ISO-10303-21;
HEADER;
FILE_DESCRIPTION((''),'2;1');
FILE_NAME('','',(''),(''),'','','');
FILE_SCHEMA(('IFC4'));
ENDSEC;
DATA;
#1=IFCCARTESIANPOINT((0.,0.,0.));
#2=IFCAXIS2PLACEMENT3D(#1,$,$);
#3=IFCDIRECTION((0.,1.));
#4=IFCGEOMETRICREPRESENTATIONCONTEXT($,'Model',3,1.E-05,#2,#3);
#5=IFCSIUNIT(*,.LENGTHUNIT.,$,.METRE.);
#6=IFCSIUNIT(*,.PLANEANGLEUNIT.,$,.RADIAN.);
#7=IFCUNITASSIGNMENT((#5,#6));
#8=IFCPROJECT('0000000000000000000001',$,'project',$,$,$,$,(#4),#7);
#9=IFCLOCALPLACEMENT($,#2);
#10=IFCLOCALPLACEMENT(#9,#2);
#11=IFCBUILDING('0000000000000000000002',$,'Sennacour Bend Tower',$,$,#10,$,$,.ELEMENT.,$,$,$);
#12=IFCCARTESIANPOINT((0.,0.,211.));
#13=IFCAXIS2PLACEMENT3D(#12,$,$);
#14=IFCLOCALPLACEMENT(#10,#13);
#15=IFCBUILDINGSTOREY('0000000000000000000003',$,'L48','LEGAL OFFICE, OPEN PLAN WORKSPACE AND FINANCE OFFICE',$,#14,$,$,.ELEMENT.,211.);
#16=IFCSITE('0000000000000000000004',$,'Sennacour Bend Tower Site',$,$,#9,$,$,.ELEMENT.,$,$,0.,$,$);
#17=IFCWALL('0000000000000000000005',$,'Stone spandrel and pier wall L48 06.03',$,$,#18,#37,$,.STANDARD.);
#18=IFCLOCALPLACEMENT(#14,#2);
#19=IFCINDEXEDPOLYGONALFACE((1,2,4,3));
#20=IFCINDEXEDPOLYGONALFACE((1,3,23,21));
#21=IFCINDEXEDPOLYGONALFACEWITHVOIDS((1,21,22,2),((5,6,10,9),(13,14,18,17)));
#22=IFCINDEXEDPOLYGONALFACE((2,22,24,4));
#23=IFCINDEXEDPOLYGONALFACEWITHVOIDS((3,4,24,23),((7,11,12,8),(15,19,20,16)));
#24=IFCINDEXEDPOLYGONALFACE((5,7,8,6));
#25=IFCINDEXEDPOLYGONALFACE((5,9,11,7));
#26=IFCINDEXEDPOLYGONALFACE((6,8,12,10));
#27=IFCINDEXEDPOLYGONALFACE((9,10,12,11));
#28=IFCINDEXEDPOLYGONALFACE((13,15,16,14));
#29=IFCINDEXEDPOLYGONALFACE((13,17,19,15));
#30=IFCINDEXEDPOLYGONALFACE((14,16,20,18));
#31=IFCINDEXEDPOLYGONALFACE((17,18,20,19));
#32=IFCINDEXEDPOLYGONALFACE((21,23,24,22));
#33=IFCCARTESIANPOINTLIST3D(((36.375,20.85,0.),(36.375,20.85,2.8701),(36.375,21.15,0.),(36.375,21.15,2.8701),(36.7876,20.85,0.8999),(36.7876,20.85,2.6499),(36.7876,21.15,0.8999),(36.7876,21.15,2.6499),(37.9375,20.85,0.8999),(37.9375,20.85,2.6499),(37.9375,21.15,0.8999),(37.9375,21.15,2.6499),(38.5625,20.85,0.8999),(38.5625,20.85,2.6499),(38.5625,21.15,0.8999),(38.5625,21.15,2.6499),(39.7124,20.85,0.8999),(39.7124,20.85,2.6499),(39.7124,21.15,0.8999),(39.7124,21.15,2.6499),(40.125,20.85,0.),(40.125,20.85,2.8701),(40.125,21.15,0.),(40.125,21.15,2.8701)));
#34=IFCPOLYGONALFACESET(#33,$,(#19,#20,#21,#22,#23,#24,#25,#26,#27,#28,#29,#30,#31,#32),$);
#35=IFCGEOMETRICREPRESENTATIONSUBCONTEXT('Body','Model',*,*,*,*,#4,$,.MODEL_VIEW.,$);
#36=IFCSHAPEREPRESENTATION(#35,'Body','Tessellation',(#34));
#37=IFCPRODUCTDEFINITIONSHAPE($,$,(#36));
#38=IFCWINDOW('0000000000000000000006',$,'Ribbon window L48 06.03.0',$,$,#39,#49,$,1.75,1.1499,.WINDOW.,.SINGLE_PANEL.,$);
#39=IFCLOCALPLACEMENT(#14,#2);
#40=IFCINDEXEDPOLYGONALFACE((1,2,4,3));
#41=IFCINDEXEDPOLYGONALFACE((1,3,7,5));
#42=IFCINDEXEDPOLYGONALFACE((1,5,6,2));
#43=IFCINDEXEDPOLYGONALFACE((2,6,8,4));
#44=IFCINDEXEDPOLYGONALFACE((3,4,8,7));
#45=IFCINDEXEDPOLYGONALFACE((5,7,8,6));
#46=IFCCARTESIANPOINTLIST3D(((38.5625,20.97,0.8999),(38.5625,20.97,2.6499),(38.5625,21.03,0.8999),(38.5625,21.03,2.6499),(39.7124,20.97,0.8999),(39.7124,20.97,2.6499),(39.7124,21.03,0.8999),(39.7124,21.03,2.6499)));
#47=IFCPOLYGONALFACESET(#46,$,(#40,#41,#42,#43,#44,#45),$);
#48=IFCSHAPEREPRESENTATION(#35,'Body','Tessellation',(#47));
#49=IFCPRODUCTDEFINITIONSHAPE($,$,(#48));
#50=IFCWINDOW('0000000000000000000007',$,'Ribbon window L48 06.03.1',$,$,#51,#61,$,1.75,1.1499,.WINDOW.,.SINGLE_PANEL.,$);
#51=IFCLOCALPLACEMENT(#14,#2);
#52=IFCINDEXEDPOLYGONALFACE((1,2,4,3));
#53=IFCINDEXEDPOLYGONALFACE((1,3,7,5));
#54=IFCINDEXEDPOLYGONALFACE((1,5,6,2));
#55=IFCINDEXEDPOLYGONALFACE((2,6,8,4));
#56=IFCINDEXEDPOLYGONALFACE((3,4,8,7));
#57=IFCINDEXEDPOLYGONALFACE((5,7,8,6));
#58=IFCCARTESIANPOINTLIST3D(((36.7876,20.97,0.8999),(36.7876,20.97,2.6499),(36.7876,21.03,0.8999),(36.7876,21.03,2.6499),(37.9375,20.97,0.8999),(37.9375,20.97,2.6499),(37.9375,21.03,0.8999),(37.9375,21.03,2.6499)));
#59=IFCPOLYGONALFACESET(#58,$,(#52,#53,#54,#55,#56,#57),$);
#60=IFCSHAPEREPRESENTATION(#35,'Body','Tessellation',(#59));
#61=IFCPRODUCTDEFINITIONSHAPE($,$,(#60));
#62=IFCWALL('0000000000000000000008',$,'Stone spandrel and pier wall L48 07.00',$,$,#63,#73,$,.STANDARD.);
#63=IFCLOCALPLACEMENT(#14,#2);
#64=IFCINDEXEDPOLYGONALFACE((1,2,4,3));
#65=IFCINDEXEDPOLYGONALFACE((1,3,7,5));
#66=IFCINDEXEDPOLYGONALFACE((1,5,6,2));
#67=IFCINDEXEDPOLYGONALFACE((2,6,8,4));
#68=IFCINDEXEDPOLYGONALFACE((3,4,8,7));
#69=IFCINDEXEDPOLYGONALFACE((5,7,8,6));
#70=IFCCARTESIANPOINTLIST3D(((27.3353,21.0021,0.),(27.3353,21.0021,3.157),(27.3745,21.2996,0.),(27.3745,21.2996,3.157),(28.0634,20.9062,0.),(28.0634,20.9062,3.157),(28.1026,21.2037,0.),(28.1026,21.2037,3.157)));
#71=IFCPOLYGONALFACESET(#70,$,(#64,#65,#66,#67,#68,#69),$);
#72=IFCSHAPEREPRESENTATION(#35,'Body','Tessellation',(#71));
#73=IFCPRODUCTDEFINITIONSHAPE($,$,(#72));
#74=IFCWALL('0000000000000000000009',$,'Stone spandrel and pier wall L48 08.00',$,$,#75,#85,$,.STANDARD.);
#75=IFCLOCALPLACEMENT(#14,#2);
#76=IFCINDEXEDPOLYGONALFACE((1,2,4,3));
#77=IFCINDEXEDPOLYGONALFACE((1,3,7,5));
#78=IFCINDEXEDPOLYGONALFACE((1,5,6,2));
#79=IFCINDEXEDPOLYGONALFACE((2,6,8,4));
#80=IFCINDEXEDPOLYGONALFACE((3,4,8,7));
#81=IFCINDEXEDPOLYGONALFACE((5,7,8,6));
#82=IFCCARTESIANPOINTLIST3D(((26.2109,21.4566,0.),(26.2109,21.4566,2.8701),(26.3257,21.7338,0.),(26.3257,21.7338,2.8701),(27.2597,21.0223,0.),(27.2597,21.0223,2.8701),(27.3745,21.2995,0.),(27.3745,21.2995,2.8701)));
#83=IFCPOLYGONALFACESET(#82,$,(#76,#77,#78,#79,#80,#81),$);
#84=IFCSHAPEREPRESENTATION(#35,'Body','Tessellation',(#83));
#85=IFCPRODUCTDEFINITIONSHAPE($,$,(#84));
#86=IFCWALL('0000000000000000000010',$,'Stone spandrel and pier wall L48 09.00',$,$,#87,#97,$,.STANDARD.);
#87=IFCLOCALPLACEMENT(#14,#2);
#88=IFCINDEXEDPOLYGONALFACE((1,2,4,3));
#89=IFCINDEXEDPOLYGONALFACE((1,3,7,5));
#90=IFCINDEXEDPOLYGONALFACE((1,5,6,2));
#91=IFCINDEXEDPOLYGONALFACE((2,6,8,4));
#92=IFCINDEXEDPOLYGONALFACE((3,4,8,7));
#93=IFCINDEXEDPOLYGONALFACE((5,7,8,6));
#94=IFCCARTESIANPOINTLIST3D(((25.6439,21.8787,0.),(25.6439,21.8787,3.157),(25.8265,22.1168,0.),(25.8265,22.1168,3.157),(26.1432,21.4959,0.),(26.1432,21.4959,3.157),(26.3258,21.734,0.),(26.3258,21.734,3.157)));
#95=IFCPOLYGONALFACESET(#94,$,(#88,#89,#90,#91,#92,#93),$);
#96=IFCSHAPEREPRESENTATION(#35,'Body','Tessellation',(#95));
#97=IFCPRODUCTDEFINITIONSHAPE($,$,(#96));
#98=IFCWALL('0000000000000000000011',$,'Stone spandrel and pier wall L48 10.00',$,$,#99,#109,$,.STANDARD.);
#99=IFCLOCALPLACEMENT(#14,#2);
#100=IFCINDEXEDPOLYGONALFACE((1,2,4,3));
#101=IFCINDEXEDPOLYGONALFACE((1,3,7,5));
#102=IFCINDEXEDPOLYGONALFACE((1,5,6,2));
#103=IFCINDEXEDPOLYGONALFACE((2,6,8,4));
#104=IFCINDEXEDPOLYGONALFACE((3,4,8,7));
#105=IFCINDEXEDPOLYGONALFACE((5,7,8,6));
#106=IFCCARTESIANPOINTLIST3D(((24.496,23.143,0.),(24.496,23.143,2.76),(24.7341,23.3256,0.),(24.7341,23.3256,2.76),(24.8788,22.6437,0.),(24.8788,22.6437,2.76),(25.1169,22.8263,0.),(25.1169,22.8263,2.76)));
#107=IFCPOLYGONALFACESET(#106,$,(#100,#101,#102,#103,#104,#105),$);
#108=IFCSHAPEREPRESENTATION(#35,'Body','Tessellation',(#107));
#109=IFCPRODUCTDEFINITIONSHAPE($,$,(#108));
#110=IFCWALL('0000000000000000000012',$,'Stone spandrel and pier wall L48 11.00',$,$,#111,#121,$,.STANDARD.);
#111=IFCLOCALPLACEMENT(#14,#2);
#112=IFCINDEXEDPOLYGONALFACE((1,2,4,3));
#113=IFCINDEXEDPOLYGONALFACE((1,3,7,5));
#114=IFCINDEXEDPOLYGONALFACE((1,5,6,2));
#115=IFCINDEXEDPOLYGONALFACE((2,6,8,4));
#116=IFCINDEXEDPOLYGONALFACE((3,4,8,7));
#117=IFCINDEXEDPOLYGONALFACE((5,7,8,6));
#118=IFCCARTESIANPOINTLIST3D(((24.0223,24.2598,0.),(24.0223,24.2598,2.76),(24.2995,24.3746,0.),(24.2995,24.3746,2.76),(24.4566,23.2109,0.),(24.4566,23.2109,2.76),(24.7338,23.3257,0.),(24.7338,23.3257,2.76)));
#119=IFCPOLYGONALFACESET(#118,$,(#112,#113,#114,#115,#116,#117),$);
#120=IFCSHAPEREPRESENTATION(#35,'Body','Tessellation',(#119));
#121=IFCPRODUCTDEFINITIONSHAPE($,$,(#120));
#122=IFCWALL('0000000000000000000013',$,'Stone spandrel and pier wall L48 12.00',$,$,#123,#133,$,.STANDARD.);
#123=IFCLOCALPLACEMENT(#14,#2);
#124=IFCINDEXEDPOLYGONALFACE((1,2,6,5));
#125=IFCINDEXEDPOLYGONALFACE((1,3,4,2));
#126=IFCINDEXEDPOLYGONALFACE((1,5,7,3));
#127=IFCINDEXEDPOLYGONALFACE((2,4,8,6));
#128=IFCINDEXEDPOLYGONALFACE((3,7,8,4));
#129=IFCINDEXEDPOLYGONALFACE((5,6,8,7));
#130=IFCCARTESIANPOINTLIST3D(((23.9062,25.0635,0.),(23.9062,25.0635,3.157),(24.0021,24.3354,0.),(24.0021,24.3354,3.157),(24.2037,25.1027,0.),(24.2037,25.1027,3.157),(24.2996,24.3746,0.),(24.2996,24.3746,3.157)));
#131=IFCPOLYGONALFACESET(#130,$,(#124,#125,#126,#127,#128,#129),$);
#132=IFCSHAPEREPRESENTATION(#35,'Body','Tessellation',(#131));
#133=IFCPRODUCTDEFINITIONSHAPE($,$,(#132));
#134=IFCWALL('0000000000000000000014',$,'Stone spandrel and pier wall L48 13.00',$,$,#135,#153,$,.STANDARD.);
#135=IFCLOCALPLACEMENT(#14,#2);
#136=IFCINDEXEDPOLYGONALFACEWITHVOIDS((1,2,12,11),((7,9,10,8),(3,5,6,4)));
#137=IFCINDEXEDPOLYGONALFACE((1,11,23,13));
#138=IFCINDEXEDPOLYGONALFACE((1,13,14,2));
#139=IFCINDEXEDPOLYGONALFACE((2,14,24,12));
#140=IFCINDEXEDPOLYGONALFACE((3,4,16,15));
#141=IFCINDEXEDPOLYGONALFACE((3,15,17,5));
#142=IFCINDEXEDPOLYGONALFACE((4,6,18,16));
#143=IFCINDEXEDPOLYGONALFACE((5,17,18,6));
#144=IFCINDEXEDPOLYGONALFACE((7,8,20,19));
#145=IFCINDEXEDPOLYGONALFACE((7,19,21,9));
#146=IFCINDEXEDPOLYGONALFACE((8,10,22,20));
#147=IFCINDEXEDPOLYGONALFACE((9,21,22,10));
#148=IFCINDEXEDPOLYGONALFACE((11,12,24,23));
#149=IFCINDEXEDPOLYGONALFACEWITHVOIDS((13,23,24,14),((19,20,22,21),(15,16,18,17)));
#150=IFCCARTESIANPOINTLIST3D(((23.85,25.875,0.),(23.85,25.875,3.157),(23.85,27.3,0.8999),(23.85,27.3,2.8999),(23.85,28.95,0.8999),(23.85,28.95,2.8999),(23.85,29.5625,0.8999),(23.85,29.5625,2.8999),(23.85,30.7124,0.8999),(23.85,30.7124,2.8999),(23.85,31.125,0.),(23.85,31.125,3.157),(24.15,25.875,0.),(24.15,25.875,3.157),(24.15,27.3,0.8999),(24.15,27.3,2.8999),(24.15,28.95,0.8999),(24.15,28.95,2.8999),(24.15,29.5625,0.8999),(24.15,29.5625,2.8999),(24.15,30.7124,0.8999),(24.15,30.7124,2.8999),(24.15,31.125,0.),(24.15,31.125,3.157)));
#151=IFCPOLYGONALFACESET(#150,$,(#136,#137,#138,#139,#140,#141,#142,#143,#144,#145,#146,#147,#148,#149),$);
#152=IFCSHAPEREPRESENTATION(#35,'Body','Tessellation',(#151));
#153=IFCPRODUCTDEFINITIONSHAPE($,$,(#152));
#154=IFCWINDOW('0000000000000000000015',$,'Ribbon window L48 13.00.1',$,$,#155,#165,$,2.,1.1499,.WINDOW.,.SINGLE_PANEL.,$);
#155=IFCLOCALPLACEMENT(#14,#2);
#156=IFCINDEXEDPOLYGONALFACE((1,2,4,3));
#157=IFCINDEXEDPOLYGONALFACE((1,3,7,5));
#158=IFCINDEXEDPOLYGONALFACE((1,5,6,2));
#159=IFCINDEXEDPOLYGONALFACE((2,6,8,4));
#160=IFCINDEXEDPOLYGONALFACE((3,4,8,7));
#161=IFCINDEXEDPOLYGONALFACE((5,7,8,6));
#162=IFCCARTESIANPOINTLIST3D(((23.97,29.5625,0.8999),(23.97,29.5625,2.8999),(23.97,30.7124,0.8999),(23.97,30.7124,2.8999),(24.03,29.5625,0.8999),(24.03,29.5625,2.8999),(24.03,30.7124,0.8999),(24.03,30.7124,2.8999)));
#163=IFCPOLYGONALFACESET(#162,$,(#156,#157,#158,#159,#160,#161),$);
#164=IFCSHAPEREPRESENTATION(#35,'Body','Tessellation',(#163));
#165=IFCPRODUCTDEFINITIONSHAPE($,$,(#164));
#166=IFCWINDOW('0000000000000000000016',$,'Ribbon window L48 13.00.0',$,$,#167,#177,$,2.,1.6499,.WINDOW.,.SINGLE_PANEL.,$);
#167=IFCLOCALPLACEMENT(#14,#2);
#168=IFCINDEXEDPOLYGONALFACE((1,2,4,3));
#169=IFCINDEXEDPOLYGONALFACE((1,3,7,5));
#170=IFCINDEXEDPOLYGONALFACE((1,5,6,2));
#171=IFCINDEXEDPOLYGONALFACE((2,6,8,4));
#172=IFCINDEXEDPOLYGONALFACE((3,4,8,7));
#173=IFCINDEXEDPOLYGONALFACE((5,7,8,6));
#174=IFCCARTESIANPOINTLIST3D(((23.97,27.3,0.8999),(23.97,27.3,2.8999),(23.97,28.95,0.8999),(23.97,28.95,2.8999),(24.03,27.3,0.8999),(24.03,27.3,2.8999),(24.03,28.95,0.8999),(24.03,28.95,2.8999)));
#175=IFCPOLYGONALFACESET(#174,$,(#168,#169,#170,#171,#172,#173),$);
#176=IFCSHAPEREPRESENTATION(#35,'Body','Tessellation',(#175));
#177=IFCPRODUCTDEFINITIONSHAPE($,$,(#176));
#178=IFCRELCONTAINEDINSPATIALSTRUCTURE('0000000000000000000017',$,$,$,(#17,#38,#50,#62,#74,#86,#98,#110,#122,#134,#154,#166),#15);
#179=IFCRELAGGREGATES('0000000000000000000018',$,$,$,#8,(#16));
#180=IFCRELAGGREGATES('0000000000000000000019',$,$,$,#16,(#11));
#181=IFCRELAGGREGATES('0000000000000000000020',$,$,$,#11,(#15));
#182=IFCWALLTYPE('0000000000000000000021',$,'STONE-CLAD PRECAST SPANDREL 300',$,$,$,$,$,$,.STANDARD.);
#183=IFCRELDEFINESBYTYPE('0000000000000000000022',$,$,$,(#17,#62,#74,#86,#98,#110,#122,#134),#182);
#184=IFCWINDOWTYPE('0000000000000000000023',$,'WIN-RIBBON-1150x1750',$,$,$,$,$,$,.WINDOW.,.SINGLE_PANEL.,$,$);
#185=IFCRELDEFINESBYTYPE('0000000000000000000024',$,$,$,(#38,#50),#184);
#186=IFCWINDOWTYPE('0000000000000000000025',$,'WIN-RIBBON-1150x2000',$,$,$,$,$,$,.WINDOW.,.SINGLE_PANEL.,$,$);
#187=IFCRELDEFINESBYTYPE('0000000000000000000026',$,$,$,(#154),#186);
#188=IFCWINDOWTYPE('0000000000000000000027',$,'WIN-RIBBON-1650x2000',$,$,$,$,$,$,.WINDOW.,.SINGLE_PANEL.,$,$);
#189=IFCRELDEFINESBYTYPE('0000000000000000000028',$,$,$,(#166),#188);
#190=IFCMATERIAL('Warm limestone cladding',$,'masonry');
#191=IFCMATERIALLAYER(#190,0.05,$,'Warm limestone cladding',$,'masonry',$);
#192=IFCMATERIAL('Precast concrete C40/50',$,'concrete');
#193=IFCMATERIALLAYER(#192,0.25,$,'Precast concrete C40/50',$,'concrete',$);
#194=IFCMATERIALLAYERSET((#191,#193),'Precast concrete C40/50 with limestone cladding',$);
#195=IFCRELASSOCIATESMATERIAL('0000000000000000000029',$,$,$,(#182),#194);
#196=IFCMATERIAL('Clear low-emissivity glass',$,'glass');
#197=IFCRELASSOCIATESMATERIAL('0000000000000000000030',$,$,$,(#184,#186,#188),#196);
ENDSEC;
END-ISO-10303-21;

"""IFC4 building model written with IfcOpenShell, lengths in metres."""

from ifc_helpers import new_model, si_unit, direction, frame, frame_2d, origin, place, context, subcontext, project, spatial, rectangle, extrude, material, layer, layer_set, type_object, element, fill, save


model = new_model("IFC4")

# Units and contexts
model_context = context("Model", 3, precision=1e-05, world=origin(), true_north=direction((0.0, 1.0)))
body_context = subcontext(model_context, "Body", "Model", "MODEL_VIEW")
ifc_project = project(units=[si_unit("LENGTHUNIT", "METRE"), si_unit("PLANEANGLEUNIT", "RADIAN")], contexts=[model_context])

# Site, building, storey
site_placement = place(None, origin())
site = spatial("IfcSite", under=ifc_project, at=site_placement, Name="Sennacour Bend Tower Site", CompositionType="ELEMENT", RefElevation=0.0)
building_placement = place(site_placement, origin())
building = spatial("IfcBuilding", under=site, at=building_placement, Name="Sennacour Bend Tower", CompositionType="ELEMENT")
storey_placement = place(building_placement, frame((0.0, 0.0, 211.0)))
storey = spatial("IfcBuildingStorey", under=building, at=storey_placement, Name="L48", Description="LEGAL OFFICE, OPEN PLAN WORKSPACE AND FINANCE OFFICE", CompositionType="ELEMENT", Elevation=211.0)

# Wall, openings, windows
ifc_material_1 = material(Name="Warm limestone cladding", Category="masonry")
ifc_layer_1 = layer(ifc_material_1, 0.05, Name="Warm limestone cladding", Category="masonry")
ifc_material_2 = material(Name="Precast concrete C40/50", Category="concrete")
ifc_layer_2 = layer(ifc_material_2, 0.25, Name="Precast concrete C40/50", Category="concrete")
ifc_layer_set = layer_set([ifc_layer_1, ifc_layer_2], Name="Precast concrete C40/50 with limestone cladding")
wall_type = type_object("IfcWallType", Name="STONE-CLAD PRECAST SPANDREL 300", PredefinedType="STANDARD", material=ifc_layer_set)
wall_1_placement = place(storey_placement, frame((40.125, 21.0, 0.0), z_axis=(0.0, 0.0, 1.0), x_axis=(-1.0, 0.0, 0.0)))
wall_1 = element("IfcWall", 1, at=wall_1_placement, inside=storey, type_object=wall_type, Name="Stone spandrel and pier wall L48 06.03", PredefinedType="STANDARD", context=body_context, shape_type="SweptSolid", body=[
    extrude(rectangle(XDim=3.75, YDim=0.3, at=frame_2d((1.875, 0.0))), origin(), (0.0, 0.0, 1.0), 2.8701),
])
opening_1_placement = place(wall_1_placement, frame((0.4126, 0.0, 0.8999)))
opening_1 = element("IfcOpeningElement", 2, at=opening_1_placement, cuts=wall_1, PredefinedType="OPENING", context=body_context, shape_type="SweptSolid", body=[
    extrude(rectangle(XDim=1.1499, YDim=1.75, at=frame_2d((0.575, 0.875))), frame((0.0, 0.1602, 0.0), z_axis=(0.0, -1.0, 0.0), x_axis=(1.0, 0.0, 0.0)), (0.0, 0.0, 1.0), 0.3201),
])
opening_2_placement = place(wall_1_placement, frame((2.1875, 0.0, 0.8999)))
opening_2 = element("IfcOpeningElement", 3, at=opening_2_placement, cuts=wall_1, PredefinedType="OPENING", context=body_context, shape_type="SweptSolid", body=[
    extrude(rectangle(XDim=1.1499, YDim=1.75, at=frame_2d((0.575, 0.875))), frame((0.0, 0.1602, 0.0), z_axis=(0.0, -1.0, 0.0), x_axis=(1.0, 0.0, 0.0)), (0.0, 0.0, 1.0), 0.3201),
])
ifc_material_3 = material(Name="Clear low-emissivity glass", Category="glass")
window_type_1 = type_object("IfcWindowType", Name="WIN-RIBBON-1150x1750", PartitioningType="SINGLE_PANEL", PredefinedType="WINDOW", material=ifc_material_3)
window_1_placement = place(opening_1_placement, origin())
window_1 = element("IfcWindow", 4, at=window_1_placement, inside=storey, type_object=window_type_1, Name="Ribbon window L48 06.03.0", OverallHeight=1.75, OverallWidth=1.1499, PartitioningType="SINGLE_PANEL", PredefinedType="WINDOW", context=body_context, shape_type="SweptSolid", body=[
    extrude(rectangle(XDim=1.1499, YDim=1.75, at=frame_2d((0.575, 0.875))), frame((0.0, 0.03, 0.0), z_axis=(0.0, -1.0, 0.0), x_axis=(1.0, 0.0, 0.0)), (0.0, 0.0, 1.0), 0.0601),
])
fill(opening_1, window_1)
window_2_placement = place(opening_2_placement, origin())
window_2 = element("IfcWindow", 5, at=window_2_placement, inside=storey, type_object=window_type_1, Name="Ribbon window L48 06.03.1", OverallHeight=1.75, OverallWidth=1.1499, PartitioningType="SINGLE_PANEL", PredefinedType="WINDOW", context=body_context, shape_type="SweptSolid", body=[
    extrude(rectangle(XDim=1.1499, YDim=1.75, at=frame_2d((0.575, 0.875))), frame((0.0, 0.03, 0.0), z_axis=(0.0, -1.0, 0.0), x_axis=(1.0, 0.0, 0.0)), (0.0, 0.0, 1.0), 0.0601),
])
fill(opening_2, window_2)

# Walls
wall_2_placement = place(storey_placement, frame((28.083, 21.0549, 0.0), z_axis=(0.0, 0.0, 1.0), x_axis=(-0.991427, 0.130661, 0.0)))
element("IfcWall", 6, at=wall_2_placement, inside=storey, type_object=wall_type, Name="Stone spandrel and pier wall L48 07.00", PredefinedType="STANDARD", context=body_context, shape_type="SweptSolid", body=[
    extrude(rectangle(XDim=0.7344, YDim=0.3, at=frame_2d((0.3672, 0.0))), origin(), (0.0, 0.0, 1.0), 3.157),
])
wall_3_placement = place(storey_placement, frame((27.3171, 21.1609, 0.0), z_axis=(0.0, 0.0, 1.0), x_axis=(-0.923915, 0.382599, 0.0)))
element("IfcWall", 7, at=wall_3_placement, inside=storey, type_object=wall_type, Name="Stone spandrel and pier wall L48 08.00", PredefinedType="STANDARD", context=body_context, shape_type="SweptSolid", body=[
    extrude(rectangle(XDim=1.1353, YDim=0.3, at=frame_2d((0.5676, 0.0))), origin(), (0.0, 0.0, 1.0), 2.8701),
])
wall_4_placement = place(storey_placement, frame((26.2344, 21.615, 0.0), z_axis=(0.0, 0.0, 1.0), x_axis=(-0.793575, 0.608472, 0.0)))
element("IfcWall", 8, at=wall_4_placement, inside=storey, type_object=wall_type, Name="Stone spandrel and pier wall L48 09.00", PredefinedType="STANDARD", context=body_context, shape_type="SweptSolid", body=[
    extrude(rectangle(XDim=0.6292, YDim=0.3, at=frame_2d((0.3145, 0.0))), origin(), (0.0, 0.0, 1.0), 3.157),
])
wall_5_placement = place(storey_placement, frame((24.9978, 22.7351, 0.0), z_axis=(0.0, 0.0, 1.0), x_axis=(-0.608472, 0.793575, 0.0)))
element("IfcWall", 9, at=wall_5_placement, inside=storey, type_object=wall_type, Name="Stone spandrel and pier wall L48 10.00", PredefinedType="STANDARD", context=body_context, shape_type="SweptSolid", body=[
    extrude(rectangle(XDim=0.6292, YDim=0.3, at=frame_2d((0.3145, 0.0))), origin(), (0.0, 0.0, 1.0), 2.76),
])
wall_6_placement = place(storey_placement, frame((24.5952, 23.2683, 0.0), z_axis=(0.0, 0.0, 1.0), x_axis=(-0.382599, 0.923915, 0.0)))
element("IfcWall", 10, at=wall_6_placement, inside=storey, type_object=wall_type, Name="Stone spandrel and pier wall L48 11.00", PredefinedType="STANDARD", context=body_context, shape_type="SweptSolid", body=[
    extrude(rectangle(XDim=1.1353, YDim=0.3, at=frame_2d((0.5676, 0.0))), origin(), (0.0, 0.0, 1.0), 2.76),
])
wall_7_placement = place(storey_placement, frame((24.1509, 24.355, 0.0), z_axis=(0.0, 0.0, 1.0), x_axis=(-0.130661, 0.991427, 0.0)))
element("IfcWall", 11, at=wall_7_placement, inside=storey, type_object=wall_type, Name="Stone spandrel and pier wall L48 12.00", PredefinedType="STANDARD", context=body_context, shape_type="SweptSolid", body=[
    extrude(rectangle(XDim=0.7344, YDim=0.3, at=frame_2d((0.3672, 0.0))), origin(), (0.0, 0.0, 1.0), 3.157),
])

# Wall, openings, windows
wall_8_placement = place(storey_placement, frame((24.0, 25.875, 0.0), z_axis=(0.0, 0.0, 1.0), x_axis=(0.0, 1.0, 0.0)))
wall_8 = element("IfcWall", 12, at=wall_8_placement, inside=storey, type_object=wall_type, Name="Stone spandrel and pier wall L48 13.00", PredefinedType="STANDARD", context=body_context, shape_type="SweptSolid", body=[
    extrude(rectangle(XDim=5.25, YDim=0.3, at=frame_2d((2.625, 0.0))), origin(), (0.0, 0.0, 1.0), 3.157),
])
opening_3_placement = place(wall_8_placement, frame((1.425, 0.0, 0.8999)))
opening_3 = element("IfcOpeningElement", 13, at=opening_3_placement, cuts=wall_8, PredefinedType="OPENING", context=body_context, shape_type="SweptSolid", body=[
    extrude(rectangle(XDim=1.6499, YDim=2.0, at=frame_2d((0.825, 1.0))), frame((0.0, 0.1602, 0.0), z_axis=(0.0, -1.0, 0.0), x_axis=(1.0, 0.0, 0.0)), (0.0, 0.0, 1.0), 0.3201),
])
opening_4_placement = place(wall_8_placement, frame((3.6875, 0.0, 0.8999)))
opening_4 = element("IfcOpeningElement", 14, at=opening_4_placement, cuts=wall_8, PredefinedType="OPENING", context=body_context, shape_type="SweptSolid", body=[
    extrude(rectangle(XDim=1.1499, YDim=2.0, at=frame_2d((0.575, 1.0))), frame((0.0, 0.1602, 0.0), z_axis=(0.0, -1.0, 0.0), x_axis=(1.0, 0.0, 0.0)), (0.0, 0.0, 1.0), 0.3201),
])
window_type_2 = type_object("IfcWindowType", Name="WIN-RIBBON-1150x2000", PartitioningType="SINGLE_PANEL", PredefinedType="WINDOW", material=ifc_material_3)
window_3_placement = place(opening_4_placement, origin())
window_3 = element("IfcWindow", 15, at=window_3_placement, inside=storey, type_object=window_type_2, Name="Ribbon window L48 13.00.1", OverallHeight=2.0, OverallWidth=1.1499, PartitioningType="SINGLE_PANEL", PredefinedType="WINDOW", context=body_context, shape_type="SweptSolid", body=[
    extrude(rectangle(XDim=1.1499, YDim=2.0, at=frame_2d((0.575, 1.0))), frame((0.0, 0.03, 0.0), z_axis=(0.0, -1.0, 0.0), x_axis=(1.0, 0.0, 0.0)), (0.0, 0.0, 1.0), 0.0601),
])
fill(opening_4, window_3)
window_type_3 = type_object("IfcWindowType", Name="WIN-RIBBON-1650x2000", PartitioningType="SINGLE_PANEL", PredefinedType="WINDOW", material=ifc_material_3)
window_4_placement = place(opening_3_placement, origin())
window_4 = element("IfcWindow", 16, at=window_4_placement, inside=storey, type_object=window_type_3, Name="Ribbon window L48 13.00.0", OverallHeight=2.0, OverallWidth=1.6499, PartitioningType="SINGLE_PANEL", PredefinedType="WINDOW", context=body_context, shape_type="SweptSolid", body=[
    extrude(rectangle(XDim=1.6499, YDim=2.0, at=frame_2d((0.825, 1.0))), frame((0.0, 0.03, 0.0), z_axis=(0.0, -1.0, 0.0), x_axis=(1.0, 0.0, 0.0)), (0.0, 0.0, 1.0), 0.0601),
])
fill(opening_3, window_4)

save(model, "model.ifc")
